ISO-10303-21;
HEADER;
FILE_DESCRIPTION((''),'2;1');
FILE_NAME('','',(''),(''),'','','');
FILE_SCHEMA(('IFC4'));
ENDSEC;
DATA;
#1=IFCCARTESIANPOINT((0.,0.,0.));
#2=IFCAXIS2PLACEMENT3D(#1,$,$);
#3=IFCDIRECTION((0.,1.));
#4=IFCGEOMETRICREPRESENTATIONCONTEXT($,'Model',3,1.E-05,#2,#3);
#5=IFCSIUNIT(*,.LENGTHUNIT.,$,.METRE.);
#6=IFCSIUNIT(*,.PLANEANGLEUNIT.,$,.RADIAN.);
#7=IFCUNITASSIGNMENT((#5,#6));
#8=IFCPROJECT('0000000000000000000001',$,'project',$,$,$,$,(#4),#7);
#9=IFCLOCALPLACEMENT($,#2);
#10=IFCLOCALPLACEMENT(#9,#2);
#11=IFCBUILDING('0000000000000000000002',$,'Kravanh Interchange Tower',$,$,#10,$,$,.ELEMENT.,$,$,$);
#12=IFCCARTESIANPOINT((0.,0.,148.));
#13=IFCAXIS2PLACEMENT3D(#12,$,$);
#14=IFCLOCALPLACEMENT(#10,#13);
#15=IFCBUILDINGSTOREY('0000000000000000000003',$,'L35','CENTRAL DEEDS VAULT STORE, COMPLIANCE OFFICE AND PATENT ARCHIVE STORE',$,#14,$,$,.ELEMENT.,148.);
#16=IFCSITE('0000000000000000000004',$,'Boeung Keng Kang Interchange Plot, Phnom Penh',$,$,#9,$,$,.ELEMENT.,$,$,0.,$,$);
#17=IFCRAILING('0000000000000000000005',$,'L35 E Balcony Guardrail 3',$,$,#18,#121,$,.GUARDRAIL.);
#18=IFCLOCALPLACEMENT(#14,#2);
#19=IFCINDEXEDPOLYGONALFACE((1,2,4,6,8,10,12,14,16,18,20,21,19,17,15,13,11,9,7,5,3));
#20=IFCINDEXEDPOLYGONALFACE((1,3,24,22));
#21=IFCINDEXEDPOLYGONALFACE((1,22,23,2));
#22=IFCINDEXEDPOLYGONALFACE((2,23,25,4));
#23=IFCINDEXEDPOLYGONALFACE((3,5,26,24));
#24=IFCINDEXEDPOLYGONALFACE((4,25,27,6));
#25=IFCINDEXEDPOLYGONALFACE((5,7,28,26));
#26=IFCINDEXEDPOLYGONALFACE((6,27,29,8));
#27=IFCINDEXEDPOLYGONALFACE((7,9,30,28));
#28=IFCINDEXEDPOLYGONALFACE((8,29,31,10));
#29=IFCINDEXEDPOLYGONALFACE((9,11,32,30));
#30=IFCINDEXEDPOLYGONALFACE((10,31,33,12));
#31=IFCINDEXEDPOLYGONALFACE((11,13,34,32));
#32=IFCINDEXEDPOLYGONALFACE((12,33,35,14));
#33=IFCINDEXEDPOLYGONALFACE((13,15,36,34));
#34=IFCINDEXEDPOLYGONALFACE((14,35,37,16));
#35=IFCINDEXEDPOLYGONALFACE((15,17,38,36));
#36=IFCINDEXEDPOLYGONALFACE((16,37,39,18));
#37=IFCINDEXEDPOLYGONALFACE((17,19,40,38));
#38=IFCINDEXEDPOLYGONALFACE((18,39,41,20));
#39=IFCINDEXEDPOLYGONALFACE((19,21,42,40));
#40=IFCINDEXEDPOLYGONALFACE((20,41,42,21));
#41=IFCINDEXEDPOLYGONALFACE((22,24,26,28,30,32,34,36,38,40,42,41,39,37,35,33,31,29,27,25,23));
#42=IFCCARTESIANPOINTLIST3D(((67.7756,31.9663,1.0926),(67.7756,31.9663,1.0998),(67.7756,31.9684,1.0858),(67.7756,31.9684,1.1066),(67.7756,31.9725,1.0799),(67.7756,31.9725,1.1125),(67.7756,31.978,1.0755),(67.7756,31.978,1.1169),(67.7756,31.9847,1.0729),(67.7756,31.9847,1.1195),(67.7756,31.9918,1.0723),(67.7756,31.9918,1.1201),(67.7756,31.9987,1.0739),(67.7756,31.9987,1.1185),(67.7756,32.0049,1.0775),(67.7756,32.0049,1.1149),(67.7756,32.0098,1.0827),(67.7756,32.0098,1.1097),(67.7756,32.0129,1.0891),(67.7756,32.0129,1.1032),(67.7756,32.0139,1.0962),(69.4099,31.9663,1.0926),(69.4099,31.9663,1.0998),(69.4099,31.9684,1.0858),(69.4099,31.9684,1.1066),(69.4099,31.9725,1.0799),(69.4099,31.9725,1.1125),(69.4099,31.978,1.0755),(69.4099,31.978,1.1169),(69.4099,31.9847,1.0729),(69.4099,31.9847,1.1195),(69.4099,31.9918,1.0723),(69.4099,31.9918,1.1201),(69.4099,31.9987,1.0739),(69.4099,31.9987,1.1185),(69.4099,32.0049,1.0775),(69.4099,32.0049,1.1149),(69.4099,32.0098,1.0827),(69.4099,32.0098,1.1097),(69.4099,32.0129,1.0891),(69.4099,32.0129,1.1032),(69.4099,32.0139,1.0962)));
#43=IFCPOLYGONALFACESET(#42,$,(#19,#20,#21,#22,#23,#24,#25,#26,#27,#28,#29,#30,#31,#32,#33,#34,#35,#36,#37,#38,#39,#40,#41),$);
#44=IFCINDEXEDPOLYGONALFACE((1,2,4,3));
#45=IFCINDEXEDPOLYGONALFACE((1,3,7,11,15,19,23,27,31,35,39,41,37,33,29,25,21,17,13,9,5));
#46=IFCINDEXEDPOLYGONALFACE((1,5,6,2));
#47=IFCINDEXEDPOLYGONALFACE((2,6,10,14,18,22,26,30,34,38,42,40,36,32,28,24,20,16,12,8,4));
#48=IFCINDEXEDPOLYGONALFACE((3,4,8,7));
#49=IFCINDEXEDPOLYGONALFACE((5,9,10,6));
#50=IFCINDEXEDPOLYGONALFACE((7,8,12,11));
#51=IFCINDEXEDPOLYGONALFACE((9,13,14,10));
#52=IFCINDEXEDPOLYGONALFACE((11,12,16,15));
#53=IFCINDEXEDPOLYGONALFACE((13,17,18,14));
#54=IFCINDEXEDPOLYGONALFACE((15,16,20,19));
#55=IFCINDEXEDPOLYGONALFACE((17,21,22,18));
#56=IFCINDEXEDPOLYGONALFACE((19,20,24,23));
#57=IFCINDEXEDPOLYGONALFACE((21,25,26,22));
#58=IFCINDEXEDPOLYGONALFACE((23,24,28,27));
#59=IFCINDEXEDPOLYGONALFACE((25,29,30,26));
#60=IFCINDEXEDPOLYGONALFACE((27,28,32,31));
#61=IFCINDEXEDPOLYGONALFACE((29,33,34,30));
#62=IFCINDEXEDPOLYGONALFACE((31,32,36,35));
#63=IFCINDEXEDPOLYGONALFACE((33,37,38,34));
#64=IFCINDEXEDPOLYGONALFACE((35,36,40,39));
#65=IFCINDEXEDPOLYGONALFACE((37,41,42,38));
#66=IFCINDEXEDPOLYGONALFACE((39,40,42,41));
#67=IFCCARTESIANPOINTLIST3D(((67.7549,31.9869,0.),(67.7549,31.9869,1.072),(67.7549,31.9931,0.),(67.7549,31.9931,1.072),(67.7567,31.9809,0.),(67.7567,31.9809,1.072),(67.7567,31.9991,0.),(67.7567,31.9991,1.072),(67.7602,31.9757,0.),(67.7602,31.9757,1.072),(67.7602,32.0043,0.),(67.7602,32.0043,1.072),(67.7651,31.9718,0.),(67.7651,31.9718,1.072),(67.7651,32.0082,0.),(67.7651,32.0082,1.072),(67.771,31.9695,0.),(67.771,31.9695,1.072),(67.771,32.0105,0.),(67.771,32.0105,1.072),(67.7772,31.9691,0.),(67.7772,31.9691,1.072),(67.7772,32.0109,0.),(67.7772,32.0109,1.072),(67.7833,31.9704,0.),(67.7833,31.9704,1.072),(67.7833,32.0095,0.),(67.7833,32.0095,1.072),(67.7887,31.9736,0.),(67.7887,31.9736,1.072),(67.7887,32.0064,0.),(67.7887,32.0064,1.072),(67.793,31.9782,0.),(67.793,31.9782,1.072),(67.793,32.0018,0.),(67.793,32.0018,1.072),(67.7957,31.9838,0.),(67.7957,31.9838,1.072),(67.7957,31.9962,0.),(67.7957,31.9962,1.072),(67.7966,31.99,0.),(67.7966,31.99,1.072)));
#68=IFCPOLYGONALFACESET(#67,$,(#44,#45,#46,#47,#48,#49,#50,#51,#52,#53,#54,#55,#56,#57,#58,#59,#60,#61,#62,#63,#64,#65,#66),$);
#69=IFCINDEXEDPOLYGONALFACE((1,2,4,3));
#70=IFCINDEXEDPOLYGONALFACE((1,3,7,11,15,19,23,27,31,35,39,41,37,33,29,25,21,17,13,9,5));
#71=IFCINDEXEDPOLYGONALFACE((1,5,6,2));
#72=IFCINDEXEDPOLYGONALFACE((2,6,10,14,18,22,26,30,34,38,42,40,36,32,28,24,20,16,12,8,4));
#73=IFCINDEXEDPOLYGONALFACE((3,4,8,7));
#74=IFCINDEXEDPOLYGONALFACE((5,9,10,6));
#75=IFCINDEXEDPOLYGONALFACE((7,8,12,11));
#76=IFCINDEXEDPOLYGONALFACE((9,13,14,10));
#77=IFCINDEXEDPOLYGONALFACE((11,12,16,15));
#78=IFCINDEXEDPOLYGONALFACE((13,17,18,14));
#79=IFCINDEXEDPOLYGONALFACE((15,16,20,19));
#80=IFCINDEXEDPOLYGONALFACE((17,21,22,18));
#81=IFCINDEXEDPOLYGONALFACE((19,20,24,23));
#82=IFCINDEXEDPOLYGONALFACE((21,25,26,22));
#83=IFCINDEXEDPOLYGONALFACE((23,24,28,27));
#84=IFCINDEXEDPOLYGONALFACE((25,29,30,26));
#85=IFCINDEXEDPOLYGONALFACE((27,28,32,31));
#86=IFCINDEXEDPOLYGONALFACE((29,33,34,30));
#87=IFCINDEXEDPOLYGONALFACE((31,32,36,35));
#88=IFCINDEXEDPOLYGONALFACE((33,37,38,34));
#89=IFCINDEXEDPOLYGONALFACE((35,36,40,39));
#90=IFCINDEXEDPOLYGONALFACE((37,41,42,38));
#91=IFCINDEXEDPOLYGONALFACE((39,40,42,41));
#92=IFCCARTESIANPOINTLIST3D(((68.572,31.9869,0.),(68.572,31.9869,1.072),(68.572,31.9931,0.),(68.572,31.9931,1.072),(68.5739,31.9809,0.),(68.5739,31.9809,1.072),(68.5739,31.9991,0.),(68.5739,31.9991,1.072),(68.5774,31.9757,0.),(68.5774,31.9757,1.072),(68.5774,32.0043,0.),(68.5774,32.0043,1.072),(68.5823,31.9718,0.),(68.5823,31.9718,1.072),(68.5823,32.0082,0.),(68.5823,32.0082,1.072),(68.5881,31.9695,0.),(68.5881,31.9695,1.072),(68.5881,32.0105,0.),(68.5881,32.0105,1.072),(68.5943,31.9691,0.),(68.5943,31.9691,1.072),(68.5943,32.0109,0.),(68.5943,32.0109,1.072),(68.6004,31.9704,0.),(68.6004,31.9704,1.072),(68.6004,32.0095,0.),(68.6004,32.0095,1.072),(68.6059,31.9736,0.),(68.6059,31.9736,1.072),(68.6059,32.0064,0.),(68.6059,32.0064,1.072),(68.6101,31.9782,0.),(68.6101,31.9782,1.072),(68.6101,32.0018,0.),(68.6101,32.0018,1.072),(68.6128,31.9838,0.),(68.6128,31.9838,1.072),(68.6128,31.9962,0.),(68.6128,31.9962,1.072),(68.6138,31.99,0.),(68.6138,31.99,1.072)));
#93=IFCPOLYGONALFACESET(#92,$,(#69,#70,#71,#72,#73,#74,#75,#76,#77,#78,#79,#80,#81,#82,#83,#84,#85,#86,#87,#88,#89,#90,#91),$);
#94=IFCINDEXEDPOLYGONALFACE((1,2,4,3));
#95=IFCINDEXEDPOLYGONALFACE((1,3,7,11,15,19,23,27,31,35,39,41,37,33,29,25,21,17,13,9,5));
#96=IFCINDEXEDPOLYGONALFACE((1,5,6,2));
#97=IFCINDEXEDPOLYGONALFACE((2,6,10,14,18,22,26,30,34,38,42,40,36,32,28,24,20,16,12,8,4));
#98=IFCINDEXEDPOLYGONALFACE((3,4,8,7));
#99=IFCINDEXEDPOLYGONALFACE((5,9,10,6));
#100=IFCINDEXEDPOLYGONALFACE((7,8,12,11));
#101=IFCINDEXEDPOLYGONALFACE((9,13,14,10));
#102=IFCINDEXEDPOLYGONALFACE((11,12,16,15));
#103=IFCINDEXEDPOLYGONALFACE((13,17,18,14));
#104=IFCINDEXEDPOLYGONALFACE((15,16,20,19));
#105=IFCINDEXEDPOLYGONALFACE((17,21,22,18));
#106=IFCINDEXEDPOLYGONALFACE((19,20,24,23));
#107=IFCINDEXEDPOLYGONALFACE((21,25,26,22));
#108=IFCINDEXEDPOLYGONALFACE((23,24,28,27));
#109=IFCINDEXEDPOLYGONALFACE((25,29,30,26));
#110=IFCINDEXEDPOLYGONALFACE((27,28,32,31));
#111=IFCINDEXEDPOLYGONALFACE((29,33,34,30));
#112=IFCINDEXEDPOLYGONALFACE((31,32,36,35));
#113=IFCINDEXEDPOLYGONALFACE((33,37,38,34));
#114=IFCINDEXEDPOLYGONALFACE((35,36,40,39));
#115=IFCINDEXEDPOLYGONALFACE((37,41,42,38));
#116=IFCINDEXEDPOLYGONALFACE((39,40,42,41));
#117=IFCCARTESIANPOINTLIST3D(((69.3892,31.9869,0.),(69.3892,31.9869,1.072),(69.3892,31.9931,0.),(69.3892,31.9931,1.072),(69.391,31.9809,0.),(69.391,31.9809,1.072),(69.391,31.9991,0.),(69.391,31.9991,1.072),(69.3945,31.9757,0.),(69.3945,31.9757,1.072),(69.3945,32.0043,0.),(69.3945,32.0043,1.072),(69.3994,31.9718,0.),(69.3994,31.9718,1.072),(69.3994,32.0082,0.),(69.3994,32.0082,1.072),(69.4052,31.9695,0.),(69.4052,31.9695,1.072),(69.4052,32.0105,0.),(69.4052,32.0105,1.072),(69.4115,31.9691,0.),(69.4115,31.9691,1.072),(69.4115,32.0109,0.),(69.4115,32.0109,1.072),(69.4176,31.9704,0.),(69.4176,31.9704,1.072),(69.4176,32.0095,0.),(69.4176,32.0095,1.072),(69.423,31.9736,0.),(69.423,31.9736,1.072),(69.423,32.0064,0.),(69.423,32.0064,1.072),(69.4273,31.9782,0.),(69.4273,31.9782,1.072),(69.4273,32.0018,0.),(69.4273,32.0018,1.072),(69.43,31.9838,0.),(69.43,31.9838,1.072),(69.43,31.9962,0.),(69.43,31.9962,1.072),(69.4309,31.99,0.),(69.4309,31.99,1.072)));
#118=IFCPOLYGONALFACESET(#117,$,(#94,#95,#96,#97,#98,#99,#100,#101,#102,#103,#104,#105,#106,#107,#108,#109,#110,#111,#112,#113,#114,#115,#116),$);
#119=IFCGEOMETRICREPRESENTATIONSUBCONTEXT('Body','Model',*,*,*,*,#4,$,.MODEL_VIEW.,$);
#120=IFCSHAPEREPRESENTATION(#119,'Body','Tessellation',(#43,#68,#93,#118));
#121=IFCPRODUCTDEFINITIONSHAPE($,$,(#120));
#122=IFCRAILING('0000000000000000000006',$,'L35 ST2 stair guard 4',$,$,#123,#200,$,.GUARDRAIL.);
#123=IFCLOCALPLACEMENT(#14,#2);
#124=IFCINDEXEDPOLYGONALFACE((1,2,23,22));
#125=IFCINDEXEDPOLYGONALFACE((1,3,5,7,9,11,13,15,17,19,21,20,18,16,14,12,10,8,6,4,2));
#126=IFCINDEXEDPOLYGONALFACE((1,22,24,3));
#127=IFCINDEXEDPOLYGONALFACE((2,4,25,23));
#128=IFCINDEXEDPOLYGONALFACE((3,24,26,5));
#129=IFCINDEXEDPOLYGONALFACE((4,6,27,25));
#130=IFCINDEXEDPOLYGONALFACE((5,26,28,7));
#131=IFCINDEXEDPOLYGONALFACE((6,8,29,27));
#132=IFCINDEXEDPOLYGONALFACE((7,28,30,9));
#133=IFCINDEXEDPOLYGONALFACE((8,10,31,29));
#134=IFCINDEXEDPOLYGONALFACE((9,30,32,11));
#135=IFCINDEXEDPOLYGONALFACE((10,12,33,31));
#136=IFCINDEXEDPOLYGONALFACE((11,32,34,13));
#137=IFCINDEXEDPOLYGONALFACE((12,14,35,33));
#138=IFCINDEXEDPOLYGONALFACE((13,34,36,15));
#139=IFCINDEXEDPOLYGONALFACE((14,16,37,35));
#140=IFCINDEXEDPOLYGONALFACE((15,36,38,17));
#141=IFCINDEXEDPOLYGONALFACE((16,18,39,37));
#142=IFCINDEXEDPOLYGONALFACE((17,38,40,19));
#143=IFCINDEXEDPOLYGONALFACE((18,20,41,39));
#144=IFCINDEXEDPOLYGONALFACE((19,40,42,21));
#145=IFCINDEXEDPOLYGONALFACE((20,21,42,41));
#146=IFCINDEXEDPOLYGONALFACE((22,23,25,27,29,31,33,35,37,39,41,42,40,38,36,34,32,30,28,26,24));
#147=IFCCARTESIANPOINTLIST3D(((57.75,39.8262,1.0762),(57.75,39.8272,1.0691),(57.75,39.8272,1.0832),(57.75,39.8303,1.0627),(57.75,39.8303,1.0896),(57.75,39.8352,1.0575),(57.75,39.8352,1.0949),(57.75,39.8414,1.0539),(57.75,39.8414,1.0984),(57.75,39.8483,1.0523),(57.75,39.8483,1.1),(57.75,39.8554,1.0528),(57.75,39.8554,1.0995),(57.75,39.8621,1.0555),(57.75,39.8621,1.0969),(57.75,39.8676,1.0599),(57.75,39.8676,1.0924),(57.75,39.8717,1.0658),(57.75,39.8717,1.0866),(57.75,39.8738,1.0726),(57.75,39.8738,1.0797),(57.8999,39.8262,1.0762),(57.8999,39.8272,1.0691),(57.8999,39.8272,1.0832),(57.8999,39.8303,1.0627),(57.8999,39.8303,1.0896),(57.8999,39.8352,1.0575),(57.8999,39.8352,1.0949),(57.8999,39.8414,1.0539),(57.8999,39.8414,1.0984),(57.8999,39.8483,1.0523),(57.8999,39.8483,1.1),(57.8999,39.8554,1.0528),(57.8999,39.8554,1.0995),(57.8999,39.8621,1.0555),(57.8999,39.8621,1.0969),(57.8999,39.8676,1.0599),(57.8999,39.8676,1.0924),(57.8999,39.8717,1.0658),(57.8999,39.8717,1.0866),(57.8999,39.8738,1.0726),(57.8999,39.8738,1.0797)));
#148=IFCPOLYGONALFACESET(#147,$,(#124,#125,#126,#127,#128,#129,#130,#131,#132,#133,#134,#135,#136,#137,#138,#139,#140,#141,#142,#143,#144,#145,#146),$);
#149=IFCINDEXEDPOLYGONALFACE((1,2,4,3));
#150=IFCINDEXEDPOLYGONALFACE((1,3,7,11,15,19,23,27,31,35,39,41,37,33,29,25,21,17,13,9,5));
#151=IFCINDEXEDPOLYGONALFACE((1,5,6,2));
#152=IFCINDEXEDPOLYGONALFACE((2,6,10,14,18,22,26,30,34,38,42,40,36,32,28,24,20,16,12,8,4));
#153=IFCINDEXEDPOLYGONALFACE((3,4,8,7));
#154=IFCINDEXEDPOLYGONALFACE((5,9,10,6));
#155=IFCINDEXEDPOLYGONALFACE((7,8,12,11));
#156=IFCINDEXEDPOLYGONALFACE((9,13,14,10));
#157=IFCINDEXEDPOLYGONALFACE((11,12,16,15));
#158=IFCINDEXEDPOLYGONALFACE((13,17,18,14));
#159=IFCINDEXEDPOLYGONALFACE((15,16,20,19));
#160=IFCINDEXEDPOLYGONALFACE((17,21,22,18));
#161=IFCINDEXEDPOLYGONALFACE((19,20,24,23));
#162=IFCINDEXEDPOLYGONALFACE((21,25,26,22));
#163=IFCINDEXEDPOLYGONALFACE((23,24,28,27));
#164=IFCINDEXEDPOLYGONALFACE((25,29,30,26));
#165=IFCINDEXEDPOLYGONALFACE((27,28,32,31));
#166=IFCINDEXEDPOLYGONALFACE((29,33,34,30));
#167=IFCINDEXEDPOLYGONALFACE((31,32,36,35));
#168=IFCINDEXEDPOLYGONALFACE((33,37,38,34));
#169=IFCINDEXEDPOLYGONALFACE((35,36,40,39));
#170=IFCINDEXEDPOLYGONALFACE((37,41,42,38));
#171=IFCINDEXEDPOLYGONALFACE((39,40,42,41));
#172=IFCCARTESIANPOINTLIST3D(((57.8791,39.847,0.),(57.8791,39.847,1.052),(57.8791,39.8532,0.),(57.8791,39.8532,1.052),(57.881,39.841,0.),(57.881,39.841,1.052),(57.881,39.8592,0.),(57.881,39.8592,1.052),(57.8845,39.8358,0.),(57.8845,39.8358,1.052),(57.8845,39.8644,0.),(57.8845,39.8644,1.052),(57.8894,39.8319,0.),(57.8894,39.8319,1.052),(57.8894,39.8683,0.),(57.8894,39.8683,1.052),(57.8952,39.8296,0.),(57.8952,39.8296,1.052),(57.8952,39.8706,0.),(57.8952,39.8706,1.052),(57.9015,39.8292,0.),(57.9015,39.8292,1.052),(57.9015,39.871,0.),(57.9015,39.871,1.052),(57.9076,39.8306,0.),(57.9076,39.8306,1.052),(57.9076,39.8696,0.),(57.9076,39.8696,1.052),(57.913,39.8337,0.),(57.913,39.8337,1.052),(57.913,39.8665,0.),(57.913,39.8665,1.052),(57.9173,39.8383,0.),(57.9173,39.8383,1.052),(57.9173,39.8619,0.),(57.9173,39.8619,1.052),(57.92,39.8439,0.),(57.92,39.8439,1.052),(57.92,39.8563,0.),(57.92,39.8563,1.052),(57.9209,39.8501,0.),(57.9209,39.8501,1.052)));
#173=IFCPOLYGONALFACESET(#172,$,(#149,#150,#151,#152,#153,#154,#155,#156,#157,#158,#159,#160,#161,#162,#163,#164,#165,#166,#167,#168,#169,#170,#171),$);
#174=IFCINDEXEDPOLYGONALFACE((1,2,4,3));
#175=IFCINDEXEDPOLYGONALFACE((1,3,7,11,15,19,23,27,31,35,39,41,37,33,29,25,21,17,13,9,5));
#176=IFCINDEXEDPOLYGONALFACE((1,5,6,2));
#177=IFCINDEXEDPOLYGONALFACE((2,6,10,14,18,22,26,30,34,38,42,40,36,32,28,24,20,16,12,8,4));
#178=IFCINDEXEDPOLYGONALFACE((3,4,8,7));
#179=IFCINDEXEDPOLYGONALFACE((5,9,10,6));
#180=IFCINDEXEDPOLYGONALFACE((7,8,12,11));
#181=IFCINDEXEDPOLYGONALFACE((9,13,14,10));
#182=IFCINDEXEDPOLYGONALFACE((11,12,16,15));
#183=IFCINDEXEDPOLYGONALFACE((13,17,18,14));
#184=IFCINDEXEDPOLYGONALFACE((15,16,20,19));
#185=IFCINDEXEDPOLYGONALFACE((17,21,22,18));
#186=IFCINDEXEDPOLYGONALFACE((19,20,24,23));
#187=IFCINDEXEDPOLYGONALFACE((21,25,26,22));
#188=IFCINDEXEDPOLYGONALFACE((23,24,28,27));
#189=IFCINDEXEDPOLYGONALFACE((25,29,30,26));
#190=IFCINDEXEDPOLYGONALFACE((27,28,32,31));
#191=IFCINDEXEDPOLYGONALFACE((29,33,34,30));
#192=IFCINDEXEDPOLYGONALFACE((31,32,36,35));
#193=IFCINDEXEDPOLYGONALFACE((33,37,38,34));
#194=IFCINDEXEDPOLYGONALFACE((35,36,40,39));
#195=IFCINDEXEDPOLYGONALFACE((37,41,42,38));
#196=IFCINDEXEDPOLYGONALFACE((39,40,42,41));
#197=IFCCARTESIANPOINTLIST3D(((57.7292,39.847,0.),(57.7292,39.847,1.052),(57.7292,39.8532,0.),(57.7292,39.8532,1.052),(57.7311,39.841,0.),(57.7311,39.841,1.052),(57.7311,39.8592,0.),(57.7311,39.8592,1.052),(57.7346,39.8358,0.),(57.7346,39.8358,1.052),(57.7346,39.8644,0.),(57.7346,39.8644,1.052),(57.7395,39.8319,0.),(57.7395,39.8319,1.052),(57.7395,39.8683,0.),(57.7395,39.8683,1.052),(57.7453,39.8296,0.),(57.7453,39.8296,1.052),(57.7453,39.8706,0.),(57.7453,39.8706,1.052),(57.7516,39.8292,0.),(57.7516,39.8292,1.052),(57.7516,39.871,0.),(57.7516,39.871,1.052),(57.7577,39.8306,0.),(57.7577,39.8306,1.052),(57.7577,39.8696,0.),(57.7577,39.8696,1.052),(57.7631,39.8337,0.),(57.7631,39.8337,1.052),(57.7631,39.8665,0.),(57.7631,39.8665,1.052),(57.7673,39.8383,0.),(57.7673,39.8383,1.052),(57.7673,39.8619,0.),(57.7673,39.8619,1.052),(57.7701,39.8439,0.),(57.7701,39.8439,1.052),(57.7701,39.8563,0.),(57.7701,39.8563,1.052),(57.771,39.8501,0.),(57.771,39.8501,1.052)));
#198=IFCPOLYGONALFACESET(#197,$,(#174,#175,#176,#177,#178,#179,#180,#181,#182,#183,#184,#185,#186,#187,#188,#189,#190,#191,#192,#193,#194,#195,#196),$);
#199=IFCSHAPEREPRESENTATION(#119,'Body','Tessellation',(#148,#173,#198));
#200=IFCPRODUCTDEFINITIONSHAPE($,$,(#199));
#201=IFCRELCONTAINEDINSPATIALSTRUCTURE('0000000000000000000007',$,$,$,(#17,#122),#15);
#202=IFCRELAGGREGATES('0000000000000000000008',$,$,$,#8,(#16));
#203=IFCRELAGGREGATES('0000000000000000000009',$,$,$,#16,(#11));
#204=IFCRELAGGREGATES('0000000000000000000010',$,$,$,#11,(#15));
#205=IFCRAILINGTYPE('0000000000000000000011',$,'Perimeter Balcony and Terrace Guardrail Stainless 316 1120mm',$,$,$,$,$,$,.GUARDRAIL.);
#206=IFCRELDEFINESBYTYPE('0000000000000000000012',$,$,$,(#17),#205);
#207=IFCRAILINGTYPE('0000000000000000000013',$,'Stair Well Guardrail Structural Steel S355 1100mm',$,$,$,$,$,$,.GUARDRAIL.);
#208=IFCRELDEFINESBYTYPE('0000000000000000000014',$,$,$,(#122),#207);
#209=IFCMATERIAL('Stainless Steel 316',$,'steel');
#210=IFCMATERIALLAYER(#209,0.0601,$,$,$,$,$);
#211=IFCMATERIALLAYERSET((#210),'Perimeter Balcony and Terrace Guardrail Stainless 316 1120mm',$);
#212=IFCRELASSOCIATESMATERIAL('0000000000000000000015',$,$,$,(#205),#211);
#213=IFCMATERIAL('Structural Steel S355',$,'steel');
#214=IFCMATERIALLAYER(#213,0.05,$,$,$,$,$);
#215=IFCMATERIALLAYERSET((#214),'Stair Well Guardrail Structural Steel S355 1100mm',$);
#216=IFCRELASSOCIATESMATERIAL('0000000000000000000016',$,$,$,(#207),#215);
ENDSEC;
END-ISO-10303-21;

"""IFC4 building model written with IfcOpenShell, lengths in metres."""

from ifc_helpers import new_model, si_unit, direction, frame, origin, origin_2d, place, context, subcontext, project, spatial, circle, extrude, material, layer, layer_set, type_object, element, save


model = new_model("IFC4")

# Units and contexts
model_context = context("Model", 3, precision=1e-05, world=origin(), true_north=direction((0.0, 1.0)))
body_context = subcontext(model_context, "Body", "Model", "MODEL_VIEW")
ifc_project = project(units=[si_unit("LENGTHUNIT", "METRE"), si_unit("PLANEANGLEUNIT", "RADIAN")], contexts=[model_context])

# Site, building, storey
site_placement = place(None, origin())
site = spatial("IfcSite", under=ifc_project, at=site_placement, Name="Boeung Keng Kang Interchange Plot, Phnom Penh", CompositionType="ELEMENT", RefElevation=0.0)
building_placement = place(site_placement, origin())
building = spatial("IfcBuilding", under=site, at=building_placement, Name="Kravanh Interchange Tower", CompositionType="ELEMENT")
storey_placement = place(building_placement, frame((0.0, 0.0, 148.0)))
storey = spatial("IfcBuildingStorey", under=building, at=storey_placement, Name="L35", Description="CENTRAL DEEDS VAULT STORE, COMPLIANCE OFFICE AND PATENT ARCHIVE STORE", CompositionType="ELEMENT", Elevation=148.0)

# Railings
ifc_material_1 = material(Name="Stainless Steel 316", Category="steel")
ifc_layer_1 = layer(ifc_material_1, 0.0601)
ifc_layer_set_1 = layer_set([ifc_layer_1], Name="Perimeter Balcony and Terrace Guardrail Stainless 316 1120mm")
railing_type_1 = type_object("IfcRailingType", Name="Perimeter Balcony and Terrace Guardrail Stainless 316 1120mm", PredefinedType="GUARDRAIL", material=ifc_layer_set_1)
railing_1_placement = place(storey_placement, frame((67.7756, 31.99, 0.0)))
element("IfcRailing", 1, at=railing_1_placement, inside=storey, type_object=railing_type_1, Name="L35 E Balcony Guardrail 3", PredefinedType="GUARDRAIL", context=body_context, shape_type="SweptSolid", body=[
    extrude(circle(Radius=0.0239, at=origin_2d()), frame((0.0, 0.0, 1.0962), z_axis=(1.0, 0.0, 0.0), x_axis=(0.0, 1.0, 0.0)), (0.0, 0.0, 1.0), 1.6343),
    extrude(circle(Radius=0.021, at=origin_2d()), origin(), (0.0, 0.0, 1.0), 1.072),
    extrude(circle(Radius=0.021, at=origin_2d()), frame((0.8171, 0.0, 0.0)), (0.0, 0.0, 1.0), 1.072),
    extrude(circle(Radius=0.021, at=origin_2d()), frame((1.6343, 0.0, 0.0)), (0.0, 0.0, 1.0), 1.072),
])
ifc_material_2 = material(Name="Structural Steel S355", Category="steel")
ifc_layer_2 = layer(ifc_material_2, 0.05)
ifc_layer_set_2 = layer_set([ifc_layer_2], Name="Stair Well Guardrail Structural Steel S355 1100mm")
railing_type_2 = type_object("IfcRailingType", Name="Stair Well Guardrail Structural Steel S355 1100mm", PredefinedType="GUARDRAIL", material=ifc_layer_set_2)
railing_2_placement = place(storey_placement, frame((57.8999, 39.8501, 0.0)))
element("IfcRailing", 2, at=railing_2_placement, inside=storey, type_object=railing_type_2, Name="L35 ST2 stair guard 4", PredefinedType="GUARDRAIL", context=body_context, shape_type="SweptSolid", body=[
    extrude(circle(Radius=0.0239, at=origin_2d()), frame((0.0, 0.0, 1.0762), z_axis=(-1.0, 0.0, 0.0), x_axis=(0.0, -1.0, 0.0)), (0.0, 0.0, 1.0), 0.1499),
    extrude(circle(Radius=0.021, at=origin_2d()), origin(), (0.0, 0.0, 1.0), 1.052),
    extrude(circle(Radius=0.021, at=origin_2d()), frame((-0.1499, 0.0, 0.0)), (0.0, 0.0, 1.0), 1.052),
])

save(model, "model.ifc")
